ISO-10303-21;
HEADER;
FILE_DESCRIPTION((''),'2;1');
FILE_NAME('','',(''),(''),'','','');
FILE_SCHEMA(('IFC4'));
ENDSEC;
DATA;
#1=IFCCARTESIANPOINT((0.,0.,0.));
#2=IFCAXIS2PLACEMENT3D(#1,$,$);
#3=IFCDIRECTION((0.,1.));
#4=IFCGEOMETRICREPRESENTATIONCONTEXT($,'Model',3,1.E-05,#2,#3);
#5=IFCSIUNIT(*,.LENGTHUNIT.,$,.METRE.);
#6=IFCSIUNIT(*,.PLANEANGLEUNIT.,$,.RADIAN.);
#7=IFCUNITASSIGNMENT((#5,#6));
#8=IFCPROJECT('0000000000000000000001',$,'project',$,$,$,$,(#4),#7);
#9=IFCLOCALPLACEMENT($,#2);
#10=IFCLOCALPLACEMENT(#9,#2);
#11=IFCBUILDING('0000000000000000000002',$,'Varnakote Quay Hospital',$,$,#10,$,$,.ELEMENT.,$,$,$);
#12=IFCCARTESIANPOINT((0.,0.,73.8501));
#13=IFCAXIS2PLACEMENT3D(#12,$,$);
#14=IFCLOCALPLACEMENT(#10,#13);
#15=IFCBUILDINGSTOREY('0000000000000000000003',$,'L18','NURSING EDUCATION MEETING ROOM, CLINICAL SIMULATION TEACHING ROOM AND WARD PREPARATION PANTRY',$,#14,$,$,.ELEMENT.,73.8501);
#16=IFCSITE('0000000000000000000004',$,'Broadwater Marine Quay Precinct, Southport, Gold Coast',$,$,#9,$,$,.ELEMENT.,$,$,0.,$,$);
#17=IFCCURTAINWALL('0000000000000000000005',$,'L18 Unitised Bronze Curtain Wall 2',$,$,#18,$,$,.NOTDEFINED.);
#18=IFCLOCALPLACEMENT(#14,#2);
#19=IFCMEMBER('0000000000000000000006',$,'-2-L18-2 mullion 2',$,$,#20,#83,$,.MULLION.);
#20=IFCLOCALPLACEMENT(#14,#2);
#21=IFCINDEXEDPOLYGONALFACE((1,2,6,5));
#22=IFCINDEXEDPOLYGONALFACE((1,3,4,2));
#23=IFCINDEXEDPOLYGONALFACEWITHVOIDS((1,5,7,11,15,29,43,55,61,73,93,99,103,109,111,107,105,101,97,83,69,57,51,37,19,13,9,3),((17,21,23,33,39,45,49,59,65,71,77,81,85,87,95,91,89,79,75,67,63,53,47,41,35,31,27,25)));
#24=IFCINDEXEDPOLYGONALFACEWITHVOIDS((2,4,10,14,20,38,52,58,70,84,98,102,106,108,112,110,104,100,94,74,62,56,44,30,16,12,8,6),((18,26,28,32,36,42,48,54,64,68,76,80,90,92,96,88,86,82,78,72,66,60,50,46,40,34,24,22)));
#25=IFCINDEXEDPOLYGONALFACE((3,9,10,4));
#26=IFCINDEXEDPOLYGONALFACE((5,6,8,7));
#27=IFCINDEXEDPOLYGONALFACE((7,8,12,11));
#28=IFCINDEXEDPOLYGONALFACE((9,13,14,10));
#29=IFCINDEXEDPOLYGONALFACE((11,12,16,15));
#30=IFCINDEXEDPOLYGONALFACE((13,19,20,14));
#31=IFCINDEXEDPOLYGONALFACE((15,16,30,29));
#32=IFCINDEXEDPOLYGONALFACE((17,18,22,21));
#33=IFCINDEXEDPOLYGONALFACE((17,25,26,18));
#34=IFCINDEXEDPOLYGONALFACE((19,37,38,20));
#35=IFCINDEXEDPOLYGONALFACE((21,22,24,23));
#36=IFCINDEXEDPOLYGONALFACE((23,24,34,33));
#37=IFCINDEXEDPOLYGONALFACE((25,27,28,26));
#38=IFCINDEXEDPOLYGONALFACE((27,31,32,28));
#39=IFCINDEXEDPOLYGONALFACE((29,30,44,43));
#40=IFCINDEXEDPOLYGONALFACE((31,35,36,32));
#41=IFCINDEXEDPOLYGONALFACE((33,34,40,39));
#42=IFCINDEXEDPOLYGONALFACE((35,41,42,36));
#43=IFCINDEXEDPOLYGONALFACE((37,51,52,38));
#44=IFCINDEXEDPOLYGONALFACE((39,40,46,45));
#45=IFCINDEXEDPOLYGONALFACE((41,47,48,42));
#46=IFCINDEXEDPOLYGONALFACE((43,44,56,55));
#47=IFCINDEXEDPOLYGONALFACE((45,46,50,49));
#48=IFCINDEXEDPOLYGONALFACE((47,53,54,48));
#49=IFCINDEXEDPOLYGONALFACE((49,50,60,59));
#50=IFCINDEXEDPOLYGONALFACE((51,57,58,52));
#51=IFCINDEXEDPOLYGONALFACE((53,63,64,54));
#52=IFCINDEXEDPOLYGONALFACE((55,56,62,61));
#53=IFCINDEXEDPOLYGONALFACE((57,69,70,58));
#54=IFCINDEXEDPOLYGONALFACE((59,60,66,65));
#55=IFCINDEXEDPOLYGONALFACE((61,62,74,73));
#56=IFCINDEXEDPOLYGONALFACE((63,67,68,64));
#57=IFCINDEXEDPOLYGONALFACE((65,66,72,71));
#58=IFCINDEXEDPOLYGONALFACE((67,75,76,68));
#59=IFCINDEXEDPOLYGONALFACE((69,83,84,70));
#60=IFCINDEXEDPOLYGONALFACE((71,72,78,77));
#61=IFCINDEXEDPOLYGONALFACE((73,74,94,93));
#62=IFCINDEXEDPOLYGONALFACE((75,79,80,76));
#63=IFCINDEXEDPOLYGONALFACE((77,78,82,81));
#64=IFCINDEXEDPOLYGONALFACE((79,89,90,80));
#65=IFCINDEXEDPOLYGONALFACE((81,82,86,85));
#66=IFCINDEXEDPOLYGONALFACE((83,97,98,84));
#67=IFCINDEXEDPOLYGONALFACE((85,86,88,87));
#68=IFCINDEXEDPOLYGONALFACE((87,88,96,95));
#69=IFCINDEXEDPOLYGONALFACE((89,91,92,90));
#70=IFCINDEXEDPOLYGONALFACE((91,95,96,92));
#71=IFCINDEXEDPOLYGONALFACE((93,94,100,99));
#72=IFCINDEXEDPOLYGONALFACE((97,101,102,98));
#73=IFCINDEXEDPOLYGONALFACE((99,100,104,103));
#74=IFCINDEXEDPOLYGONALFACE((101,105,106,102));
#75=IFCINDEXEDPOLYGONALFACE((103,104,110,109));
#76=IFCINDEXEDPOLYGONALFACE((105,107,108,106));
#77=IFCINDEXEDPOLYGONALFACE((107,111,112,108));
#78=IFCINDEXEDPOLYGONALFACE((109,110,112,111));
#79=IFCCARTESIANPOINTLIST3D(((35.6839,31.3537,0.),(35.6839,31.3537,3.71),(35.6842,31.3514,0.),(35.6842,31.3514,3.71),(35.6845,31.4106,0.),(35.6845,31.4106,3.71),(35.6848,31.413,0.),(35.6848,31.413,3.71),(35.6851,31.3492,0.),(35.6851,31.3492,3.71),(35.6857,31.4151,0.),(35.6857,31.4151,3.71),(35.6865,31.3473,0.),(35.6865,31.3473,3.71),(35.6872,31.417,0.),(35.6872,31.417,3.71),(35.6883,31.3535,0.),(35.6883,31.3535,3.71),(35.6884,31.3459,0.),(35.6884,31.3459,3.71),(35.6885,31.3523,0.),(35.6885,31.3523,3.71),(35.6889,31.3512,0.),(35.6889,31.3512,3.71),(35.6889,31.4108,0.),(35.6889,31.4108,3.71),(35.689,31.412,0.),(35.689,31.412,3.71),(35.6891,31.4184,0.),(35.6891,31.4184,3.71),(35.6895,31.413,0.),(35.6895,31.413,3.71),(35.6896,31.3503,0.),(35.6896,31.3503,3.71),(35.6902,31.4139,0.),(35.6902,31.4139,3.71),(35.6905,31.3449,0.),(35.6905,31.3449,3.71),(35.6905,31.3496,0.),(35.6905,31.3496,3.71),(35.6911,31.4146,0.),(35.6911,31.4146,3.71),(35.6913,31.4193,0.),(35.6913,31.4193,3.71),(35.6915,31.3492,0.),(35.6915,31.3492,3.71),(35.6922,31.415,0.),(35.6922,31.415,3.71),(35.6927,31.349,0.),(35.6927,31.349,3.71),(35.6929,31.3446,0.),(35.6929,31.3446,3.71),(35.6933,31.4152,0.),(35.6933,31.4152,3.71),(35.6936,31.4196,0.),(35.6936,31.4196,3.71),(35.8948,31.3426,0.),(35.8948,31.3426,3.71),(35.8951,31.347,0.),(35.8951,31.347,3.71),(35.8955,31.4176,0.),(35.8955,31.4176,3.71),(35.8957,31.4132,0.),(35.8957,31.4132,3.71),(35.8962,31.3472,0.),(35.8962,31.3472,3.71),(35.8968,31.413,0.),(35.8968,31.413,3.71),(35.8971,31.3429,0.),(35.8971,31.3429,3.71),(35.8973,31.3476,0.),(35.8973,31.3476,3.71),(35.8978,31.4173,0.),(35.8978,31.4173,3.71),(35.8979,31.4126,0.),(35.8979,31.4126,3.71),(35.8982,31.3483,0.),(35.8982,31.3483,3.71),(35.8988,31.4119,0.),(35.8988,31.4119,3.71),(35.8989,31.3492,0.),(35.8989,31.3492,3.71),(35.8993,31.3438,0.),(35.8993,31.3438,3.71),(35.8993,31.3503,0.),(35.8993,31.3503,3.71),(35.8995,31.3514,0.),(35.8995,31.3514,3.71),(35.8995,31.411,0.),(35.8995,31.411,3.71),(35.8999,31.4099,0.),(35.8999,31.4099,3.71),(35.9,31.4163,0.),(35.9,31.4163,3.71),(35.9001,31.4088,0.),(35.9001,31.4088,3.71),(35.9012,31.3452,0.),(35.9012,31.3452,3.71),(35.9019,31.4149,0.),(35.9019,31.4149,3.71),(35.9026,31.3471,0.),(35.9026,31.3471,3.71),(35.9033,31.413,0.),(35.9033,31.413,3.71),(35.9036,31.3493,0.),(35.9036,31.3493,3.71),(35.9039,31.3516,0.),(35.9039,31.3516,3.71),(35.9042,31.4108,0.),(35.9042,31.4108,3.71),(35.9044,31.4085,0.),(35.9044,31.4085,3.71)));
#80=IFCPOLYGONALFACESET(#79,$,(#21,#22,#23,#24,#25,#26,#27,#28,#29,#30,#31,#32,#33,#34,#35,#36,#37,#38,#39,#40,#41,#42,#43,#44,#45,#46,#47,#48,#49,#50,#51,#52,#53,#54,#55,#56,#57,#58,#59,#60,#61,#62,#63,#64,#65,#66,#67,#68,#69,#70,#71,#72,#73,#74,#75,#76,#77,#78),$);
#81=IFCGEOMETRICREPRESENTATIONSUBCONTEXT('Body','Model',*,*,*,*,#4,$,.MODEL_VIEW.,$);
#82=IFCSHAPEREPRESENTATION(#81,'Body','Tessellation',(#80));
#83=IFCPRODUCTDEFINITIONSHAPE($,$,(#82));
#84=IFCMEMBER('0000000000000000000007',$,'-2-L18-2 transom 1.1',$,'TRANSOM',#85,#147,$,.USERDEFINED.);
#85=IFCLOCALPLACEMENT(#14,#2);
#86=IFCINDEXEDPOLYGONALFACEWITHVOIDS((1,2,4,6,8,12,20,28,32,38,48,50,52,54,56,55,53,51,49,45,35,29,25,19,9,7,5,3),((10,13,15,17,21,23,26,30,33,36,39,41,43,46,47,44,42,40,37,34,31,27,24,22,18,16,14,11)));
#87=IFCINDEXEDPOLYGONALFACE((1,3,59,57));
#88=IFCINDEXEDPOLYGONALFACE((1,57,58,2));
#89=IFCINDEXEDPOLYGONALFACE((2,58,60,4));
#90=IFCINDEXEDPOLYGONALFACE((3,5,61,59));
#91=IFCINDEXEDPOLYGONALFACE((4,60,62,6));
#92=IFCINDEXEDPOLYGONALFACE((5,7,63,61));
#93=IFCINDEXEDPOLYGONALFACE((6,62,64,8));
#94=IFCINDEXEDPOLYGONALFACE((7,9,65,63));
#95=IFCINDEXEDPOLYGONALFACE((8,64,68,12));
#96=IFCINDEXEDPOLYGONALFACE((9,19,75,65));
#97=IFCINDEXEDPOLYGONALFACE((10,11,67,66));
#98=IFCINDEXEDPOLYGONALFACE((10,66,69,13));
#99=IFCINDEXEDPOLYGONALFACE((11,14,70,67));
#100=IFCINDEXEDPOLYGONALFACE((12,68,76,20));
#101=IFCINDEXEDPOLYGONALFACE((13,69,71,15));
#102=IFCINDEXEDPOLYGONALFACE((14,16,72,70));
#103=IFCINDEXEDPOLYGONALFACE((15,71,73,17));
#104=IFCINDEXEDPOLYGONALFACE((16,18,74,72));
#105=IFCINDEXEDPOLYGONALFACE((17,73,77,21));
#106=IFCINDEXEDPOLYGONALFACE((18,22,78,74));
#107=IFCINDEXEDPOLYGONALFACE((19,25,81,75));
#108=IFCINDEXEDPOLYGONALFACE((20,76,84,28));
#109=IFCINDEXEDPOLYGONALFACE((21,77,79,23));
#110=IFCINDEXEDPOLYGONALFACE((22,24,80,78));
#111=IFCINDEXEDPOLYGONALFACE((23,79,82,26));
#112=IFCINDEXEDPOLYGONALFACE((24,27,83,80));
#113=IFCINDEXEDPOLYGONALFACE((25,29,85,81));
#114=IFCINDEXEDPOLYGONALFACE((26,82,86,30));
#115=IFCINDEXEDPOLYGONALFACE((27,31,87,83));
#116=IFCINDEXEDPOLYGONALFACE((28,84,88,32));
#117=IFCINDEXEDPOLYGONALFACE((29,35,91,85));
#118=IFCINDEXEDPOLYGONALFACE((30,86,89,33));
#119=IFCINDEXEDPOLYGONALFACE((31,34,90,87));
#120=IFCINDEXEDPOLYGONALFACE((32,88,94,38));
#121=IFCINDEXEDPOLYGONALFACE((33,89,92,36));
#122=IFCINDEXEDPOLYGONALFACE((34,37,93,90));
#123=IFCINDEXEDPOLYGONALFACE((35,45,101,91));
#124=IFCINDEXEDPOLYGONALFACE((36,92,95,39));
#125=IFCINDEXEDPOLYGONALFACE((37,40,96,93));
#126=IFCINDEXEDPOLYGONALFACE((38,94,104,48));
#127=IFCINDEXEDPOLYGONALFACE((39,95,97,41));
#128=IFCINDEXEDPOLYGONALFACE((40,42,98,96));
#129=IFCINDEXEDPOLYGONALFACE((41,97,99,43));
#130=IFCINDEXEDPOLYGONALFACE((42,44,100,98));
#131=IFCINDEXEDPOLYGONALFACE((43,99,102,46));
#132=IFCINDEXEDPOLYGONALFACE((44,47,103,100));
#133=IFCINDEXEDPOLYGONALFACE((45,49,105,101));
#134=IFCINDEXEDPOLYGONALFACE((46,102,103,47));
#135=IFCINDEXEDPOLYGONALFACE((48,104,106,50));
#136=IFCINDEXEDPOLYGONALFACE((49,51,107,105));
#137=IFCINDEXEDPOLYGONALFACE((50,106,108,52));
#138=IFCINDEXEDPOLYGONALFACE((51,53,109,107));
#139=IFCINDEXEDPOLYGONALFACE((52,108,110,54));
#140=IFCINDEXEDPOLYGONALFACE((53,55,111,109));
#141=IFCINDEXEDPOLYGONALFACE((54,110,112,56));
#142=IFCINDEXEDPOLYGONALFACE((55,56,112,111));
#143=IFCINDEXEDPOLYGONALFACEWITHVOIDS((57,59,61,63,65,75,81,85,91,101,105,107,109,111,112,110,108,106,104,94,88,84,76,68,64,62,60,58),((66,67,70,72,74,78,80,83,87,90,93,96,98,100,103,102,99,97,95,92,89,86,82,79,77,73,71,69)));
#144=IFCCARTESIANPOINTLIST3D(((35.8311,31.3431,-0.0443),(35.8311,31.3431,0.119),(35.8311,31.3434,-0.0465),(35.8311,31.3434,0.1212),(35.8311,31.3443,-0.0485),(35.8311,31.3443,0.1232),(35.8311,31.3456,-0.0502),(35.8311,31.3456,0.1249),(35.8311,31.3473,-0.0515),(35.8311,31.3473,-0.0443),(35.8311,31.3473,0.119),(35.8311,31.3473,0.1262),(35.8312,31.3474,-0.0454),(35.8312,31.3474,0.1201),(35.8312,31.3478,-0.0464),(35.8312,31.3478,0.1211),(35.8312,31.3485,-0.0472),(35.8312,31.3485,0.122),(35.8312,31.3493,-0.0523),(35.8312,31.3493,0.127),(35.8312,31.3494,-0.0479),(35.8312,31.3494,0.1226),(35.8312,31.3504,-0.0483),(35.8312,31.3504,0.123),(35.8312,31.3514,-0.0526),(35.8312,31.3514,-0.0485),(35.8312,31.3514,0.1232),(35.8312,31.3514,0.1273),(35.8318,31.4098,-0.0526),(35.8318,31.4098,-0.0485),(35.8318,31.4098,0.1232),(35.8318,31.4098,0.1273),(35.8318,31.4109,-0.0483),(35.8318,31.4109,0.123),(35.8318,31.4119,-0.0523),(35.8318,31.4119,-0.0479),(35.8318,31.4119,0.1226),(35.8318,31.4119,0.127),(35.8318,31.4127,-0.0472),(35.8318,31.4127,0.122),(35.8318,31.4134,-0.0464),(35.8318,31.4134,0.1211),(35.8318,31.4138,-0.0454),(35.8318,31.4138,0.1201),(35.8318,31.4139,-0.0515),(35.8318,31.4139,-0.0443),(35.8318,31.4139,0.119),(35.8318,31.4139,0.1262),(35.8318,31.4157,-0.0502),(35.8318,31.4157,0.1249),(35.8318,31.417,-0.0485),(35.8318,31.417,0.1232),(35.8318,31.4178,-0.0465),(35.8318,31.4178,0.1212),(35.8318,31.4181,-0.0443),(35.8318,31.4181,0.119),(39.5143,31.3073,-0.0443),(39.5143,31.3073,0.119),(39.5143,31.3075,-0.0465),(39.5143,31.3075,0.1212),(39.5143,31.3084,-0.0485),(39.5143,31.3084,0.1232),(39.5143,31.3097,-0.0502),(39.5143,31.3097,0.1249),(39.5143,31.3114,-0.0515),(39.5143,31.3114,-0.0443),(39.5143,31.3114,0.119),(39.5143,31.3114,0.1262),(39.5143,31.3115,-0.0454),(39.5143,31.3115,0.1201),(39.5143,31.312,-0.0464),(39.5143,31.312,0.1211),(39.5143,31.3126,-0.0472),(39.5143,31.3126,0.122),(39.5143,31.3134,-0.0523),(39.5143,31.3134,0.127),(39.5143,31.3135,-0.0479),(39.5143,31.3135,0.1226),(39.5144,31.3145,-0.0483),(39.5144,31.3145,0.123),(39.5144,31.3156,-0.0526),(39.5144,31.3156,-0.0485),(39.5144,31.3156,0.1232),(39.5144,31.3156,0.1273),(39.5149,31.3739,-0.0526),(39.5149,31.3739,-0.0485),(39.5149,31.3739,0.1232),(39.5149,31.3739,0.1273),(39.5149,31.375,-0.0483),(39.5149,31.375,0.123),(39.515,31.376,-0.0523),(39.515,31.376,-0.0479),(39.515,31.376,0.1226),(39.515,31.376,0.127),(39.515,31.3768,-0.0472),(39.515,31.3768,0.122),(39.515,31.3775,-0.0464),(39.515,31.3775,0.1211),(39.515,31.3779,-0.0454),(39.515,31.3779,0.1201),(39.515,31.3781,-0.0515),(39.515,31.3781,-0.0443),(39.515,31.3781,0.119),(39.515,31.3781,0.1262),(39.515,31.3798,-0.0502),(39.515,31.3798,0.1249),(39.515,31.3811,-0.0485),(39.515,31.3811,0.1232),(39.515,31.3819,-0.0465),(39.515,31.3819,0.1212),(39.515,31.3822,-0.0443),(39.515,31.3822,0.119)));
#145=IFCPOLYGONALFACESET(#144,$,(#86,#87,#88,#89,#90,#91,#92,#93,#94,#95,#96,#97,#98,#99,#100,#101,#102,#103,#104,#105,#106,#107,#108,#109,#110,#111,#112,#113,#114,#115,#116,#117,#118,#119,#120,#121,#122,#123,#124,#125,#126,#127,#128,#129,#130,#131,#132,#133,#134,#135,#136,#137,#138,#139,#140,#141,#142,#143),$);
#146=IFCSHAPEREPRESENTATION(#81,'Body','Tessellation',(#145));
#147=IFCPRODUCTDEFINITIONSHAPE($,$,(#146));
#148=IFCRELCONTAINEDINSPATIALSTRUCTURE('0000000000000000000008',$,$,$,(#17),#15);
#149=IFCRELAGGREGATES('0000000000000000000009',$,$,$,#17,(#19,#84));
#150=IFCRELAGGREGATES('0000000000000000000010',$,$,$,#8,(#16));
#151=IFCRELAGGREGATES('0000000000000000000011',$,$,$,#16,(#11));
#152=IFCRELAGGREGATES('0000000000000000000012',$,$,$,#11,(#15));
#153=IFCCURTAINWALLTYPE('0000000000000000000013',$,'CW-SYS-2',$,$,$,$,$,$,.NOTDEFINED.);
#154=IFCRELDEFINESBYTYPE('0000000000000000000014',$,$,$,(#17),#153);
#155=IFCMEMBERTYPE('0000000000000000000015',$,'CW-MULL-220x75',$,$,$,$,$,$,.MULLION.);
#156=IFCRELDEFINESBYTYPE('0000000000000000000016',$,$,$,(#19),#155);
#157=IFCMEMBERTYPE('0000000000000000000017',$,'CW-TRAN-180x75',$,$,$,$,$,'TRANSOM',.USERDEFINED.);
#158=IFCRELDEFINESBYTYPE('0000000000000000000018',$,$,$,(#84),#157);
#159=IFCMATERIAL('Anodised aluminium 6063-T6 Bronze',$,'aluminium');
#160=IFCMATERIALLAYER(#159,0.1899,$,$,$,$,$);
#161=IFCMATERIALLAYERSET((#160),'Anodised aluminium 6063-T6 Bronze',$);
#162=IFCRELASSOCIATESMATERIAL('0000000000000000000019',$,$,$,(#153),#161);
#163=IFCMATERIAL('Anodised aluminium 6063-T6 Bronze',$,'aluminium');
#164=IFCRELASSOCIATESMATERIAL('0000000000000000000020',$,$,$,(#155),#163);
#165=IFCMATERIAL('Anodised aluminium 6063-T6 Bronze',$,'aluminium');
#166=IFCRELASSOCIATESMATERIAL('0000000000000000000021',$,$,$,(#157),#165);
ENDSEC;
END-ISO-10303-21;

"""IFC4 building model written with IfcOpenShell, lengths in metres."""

from ifc_helpers import new_model, si_unit, direction, frame, origin, origin_2d, place, context, subcontext, project, spatial, hollow_rectangle, extrude, material, layer, layer_set, material_profile, profile_set, type_object, element, aggregate, save


model = new_model("IFC4")

# Units and contexts
model_context = context("Model", 3, precision=1e-05, world=origin(), true_north=direction((0.0, 1.0)))
body_context = subcontext(model_context, "Body", "Model", "MODEL_VIEW")
ifc_project = project(units=[si_unit("LENGTHUNIT", "METRE"), si_unit("PLANEANGLEUNIT", "RADIAN")], contexts=[model_context])

# Site, building, storey
site_placement = place(None, origin())
site = spatial("IfcSite", under=ifc_project, at=site_placement, Name="Broadwater Marine Quay Precinct, Southport, Gold Coast", CompositionType="ELEMENT", RefElevation=0.0)
building_placement = place(site_placement, origin())
building = spatial("IfcBuilding", under=site, at=building_placement, Name="Varnakote Quay Hospital", CompositionType="ELEMENT")
storey_placement = place(building_placement, frame((0.0, 0.0, 73.8501)))
storey = spatial("IfcBuildingStorey", under=building, at=storey_placement, Name="L18", Description="NURSING EDUCATION MEETING ROOM, CLINICAL SIMULATION TEACHING ROOM AND WARD PREPARATION PANTRY", CompositionType="ELEMENT", Elevation=73.8501)

# Shared definitions
ifc_material_1 = material(Name="Anodised aluminium 6063-T6 Bronze", Category="aluminium")
ifc_layer_1 = layer(ifc_material_1, 0.1899)
ifc_layer_set_1 = layer_set([ifc_layer_1], Name="Anodised aluminium 6063-T6 Bronze")
curtain_wall_type = type_object("IfcCurtainWallType", Name="CW-SYS-2", PredefinedType="NOTDEFINED", material=ifc_layer_set_1)
ifc_material_2 = material(Name="Anodised aluminium 6063-T6 Bronze", Category="aluminium")
ifc_material_profile_1 = material_profile(ifc_material_2, hollow_rectangle(XDim=0.075, YDim=0.22, WallThickness=0.0044, InnerFilletRadius=0.0044, OuterFilletRadius=0.009, at=origin_2d()), Name="CW-MULL-220x75")
ifc_profile_set_1 = profile_set([ifc_material_profile_1], Name="Anodised aluminium 6063-T6 Bronze")
member_type_1 = type_object("IfcMemberType", Name="CW-MULL-220x75", PredefinedType="MULLION", material=ifc_profile_set_1)

# Curtain wall, members
curtain_wall_1_placement = place(storey_placement, origin())
curtain_wall_1 = element("IfcCurtainWall", 1, at=curtain_wall_1_placement, inside=storey, type_object=curtain_wall_type, Name="L18 Unitised Bronze Curtain Wall 2", PredefinedType="NOTDEFINED")
member_1_placement = place(storey_placement, frame((35.7942, 31.3811, 0.0), z_axis=(0.0, 0.0, 1.0), x_axis=(-0.009774, -0.999952, 0.0)))
member_1 = element("IfcMember", 2, at=member_1_placement, type_object=member_type_1, Name="-2-L18-2 mullion 2", PredefinedType="MULLION", context=body_context, shape_type="SweptSolid", body=[
    extrude(hollow_rectangle(XDim=0.075, YDim=0.22, WallThickness=0.0044, InnerFilletRadius=0.0044, OuterFilletRadius=0.009, at=origin_2d()), origin(), (0.0, 0.0, 1.0), 3.71),
])
ifc_material_3 = material(Name="Anodised aluminium 6063-T6 Bronze", Category="aluminium")
ifc_material_profile_2 = material_profile(ifc_material_3, hollow_rectangle(XDim=0.075, YDim=0.1799, WallThickness=0.0042, InnerFilletRadius=0.0042, OuterFilletRadius=0.0083, at=origin_2d()), Name="CW-TRAN-180x75")
ifc_profile_set_2 = profile_set([ifc_material_profile_2], Name="Anodised aluminium 6063-T6 Bronze")
member_type_2 = type_object("IfcMemberType", Name="CW-TRAN-180x75", ElementType="TRANSOM", PredefinedType="USERDEFINED", material=ifc_profile_set_2)
member_2_placement = place(storey_placement, frame((39.5146, 31.3447, 0.0374), z_axis=(-0.999953, 0.009744, 0.0), x_axis=(-0.009744, -0.999953, 0.0)))
member_2 = element("IfcMember", 3, at=member_2_placement, type_object=member_type_2, Name="-2-L18-2 transom 1.1", ObjectType="TRANSOM", PredefinedType="USERDEFINED", context=body_context, shape_type="SweptSolid", body=[
    extrude(hollow_rectangle(XDim=0.075, YDim=0.1799, WallThickness=0.0042, InnerFilletRadius=0.0042, OuterFilletRadius=0.0083, at=origin_2d()), origin(), (0.0, 0.0, 1.0), 3.6833),
])

aggregate(curtain_wall_1, [member_1, member_2])

save(model, "model.ifc")
